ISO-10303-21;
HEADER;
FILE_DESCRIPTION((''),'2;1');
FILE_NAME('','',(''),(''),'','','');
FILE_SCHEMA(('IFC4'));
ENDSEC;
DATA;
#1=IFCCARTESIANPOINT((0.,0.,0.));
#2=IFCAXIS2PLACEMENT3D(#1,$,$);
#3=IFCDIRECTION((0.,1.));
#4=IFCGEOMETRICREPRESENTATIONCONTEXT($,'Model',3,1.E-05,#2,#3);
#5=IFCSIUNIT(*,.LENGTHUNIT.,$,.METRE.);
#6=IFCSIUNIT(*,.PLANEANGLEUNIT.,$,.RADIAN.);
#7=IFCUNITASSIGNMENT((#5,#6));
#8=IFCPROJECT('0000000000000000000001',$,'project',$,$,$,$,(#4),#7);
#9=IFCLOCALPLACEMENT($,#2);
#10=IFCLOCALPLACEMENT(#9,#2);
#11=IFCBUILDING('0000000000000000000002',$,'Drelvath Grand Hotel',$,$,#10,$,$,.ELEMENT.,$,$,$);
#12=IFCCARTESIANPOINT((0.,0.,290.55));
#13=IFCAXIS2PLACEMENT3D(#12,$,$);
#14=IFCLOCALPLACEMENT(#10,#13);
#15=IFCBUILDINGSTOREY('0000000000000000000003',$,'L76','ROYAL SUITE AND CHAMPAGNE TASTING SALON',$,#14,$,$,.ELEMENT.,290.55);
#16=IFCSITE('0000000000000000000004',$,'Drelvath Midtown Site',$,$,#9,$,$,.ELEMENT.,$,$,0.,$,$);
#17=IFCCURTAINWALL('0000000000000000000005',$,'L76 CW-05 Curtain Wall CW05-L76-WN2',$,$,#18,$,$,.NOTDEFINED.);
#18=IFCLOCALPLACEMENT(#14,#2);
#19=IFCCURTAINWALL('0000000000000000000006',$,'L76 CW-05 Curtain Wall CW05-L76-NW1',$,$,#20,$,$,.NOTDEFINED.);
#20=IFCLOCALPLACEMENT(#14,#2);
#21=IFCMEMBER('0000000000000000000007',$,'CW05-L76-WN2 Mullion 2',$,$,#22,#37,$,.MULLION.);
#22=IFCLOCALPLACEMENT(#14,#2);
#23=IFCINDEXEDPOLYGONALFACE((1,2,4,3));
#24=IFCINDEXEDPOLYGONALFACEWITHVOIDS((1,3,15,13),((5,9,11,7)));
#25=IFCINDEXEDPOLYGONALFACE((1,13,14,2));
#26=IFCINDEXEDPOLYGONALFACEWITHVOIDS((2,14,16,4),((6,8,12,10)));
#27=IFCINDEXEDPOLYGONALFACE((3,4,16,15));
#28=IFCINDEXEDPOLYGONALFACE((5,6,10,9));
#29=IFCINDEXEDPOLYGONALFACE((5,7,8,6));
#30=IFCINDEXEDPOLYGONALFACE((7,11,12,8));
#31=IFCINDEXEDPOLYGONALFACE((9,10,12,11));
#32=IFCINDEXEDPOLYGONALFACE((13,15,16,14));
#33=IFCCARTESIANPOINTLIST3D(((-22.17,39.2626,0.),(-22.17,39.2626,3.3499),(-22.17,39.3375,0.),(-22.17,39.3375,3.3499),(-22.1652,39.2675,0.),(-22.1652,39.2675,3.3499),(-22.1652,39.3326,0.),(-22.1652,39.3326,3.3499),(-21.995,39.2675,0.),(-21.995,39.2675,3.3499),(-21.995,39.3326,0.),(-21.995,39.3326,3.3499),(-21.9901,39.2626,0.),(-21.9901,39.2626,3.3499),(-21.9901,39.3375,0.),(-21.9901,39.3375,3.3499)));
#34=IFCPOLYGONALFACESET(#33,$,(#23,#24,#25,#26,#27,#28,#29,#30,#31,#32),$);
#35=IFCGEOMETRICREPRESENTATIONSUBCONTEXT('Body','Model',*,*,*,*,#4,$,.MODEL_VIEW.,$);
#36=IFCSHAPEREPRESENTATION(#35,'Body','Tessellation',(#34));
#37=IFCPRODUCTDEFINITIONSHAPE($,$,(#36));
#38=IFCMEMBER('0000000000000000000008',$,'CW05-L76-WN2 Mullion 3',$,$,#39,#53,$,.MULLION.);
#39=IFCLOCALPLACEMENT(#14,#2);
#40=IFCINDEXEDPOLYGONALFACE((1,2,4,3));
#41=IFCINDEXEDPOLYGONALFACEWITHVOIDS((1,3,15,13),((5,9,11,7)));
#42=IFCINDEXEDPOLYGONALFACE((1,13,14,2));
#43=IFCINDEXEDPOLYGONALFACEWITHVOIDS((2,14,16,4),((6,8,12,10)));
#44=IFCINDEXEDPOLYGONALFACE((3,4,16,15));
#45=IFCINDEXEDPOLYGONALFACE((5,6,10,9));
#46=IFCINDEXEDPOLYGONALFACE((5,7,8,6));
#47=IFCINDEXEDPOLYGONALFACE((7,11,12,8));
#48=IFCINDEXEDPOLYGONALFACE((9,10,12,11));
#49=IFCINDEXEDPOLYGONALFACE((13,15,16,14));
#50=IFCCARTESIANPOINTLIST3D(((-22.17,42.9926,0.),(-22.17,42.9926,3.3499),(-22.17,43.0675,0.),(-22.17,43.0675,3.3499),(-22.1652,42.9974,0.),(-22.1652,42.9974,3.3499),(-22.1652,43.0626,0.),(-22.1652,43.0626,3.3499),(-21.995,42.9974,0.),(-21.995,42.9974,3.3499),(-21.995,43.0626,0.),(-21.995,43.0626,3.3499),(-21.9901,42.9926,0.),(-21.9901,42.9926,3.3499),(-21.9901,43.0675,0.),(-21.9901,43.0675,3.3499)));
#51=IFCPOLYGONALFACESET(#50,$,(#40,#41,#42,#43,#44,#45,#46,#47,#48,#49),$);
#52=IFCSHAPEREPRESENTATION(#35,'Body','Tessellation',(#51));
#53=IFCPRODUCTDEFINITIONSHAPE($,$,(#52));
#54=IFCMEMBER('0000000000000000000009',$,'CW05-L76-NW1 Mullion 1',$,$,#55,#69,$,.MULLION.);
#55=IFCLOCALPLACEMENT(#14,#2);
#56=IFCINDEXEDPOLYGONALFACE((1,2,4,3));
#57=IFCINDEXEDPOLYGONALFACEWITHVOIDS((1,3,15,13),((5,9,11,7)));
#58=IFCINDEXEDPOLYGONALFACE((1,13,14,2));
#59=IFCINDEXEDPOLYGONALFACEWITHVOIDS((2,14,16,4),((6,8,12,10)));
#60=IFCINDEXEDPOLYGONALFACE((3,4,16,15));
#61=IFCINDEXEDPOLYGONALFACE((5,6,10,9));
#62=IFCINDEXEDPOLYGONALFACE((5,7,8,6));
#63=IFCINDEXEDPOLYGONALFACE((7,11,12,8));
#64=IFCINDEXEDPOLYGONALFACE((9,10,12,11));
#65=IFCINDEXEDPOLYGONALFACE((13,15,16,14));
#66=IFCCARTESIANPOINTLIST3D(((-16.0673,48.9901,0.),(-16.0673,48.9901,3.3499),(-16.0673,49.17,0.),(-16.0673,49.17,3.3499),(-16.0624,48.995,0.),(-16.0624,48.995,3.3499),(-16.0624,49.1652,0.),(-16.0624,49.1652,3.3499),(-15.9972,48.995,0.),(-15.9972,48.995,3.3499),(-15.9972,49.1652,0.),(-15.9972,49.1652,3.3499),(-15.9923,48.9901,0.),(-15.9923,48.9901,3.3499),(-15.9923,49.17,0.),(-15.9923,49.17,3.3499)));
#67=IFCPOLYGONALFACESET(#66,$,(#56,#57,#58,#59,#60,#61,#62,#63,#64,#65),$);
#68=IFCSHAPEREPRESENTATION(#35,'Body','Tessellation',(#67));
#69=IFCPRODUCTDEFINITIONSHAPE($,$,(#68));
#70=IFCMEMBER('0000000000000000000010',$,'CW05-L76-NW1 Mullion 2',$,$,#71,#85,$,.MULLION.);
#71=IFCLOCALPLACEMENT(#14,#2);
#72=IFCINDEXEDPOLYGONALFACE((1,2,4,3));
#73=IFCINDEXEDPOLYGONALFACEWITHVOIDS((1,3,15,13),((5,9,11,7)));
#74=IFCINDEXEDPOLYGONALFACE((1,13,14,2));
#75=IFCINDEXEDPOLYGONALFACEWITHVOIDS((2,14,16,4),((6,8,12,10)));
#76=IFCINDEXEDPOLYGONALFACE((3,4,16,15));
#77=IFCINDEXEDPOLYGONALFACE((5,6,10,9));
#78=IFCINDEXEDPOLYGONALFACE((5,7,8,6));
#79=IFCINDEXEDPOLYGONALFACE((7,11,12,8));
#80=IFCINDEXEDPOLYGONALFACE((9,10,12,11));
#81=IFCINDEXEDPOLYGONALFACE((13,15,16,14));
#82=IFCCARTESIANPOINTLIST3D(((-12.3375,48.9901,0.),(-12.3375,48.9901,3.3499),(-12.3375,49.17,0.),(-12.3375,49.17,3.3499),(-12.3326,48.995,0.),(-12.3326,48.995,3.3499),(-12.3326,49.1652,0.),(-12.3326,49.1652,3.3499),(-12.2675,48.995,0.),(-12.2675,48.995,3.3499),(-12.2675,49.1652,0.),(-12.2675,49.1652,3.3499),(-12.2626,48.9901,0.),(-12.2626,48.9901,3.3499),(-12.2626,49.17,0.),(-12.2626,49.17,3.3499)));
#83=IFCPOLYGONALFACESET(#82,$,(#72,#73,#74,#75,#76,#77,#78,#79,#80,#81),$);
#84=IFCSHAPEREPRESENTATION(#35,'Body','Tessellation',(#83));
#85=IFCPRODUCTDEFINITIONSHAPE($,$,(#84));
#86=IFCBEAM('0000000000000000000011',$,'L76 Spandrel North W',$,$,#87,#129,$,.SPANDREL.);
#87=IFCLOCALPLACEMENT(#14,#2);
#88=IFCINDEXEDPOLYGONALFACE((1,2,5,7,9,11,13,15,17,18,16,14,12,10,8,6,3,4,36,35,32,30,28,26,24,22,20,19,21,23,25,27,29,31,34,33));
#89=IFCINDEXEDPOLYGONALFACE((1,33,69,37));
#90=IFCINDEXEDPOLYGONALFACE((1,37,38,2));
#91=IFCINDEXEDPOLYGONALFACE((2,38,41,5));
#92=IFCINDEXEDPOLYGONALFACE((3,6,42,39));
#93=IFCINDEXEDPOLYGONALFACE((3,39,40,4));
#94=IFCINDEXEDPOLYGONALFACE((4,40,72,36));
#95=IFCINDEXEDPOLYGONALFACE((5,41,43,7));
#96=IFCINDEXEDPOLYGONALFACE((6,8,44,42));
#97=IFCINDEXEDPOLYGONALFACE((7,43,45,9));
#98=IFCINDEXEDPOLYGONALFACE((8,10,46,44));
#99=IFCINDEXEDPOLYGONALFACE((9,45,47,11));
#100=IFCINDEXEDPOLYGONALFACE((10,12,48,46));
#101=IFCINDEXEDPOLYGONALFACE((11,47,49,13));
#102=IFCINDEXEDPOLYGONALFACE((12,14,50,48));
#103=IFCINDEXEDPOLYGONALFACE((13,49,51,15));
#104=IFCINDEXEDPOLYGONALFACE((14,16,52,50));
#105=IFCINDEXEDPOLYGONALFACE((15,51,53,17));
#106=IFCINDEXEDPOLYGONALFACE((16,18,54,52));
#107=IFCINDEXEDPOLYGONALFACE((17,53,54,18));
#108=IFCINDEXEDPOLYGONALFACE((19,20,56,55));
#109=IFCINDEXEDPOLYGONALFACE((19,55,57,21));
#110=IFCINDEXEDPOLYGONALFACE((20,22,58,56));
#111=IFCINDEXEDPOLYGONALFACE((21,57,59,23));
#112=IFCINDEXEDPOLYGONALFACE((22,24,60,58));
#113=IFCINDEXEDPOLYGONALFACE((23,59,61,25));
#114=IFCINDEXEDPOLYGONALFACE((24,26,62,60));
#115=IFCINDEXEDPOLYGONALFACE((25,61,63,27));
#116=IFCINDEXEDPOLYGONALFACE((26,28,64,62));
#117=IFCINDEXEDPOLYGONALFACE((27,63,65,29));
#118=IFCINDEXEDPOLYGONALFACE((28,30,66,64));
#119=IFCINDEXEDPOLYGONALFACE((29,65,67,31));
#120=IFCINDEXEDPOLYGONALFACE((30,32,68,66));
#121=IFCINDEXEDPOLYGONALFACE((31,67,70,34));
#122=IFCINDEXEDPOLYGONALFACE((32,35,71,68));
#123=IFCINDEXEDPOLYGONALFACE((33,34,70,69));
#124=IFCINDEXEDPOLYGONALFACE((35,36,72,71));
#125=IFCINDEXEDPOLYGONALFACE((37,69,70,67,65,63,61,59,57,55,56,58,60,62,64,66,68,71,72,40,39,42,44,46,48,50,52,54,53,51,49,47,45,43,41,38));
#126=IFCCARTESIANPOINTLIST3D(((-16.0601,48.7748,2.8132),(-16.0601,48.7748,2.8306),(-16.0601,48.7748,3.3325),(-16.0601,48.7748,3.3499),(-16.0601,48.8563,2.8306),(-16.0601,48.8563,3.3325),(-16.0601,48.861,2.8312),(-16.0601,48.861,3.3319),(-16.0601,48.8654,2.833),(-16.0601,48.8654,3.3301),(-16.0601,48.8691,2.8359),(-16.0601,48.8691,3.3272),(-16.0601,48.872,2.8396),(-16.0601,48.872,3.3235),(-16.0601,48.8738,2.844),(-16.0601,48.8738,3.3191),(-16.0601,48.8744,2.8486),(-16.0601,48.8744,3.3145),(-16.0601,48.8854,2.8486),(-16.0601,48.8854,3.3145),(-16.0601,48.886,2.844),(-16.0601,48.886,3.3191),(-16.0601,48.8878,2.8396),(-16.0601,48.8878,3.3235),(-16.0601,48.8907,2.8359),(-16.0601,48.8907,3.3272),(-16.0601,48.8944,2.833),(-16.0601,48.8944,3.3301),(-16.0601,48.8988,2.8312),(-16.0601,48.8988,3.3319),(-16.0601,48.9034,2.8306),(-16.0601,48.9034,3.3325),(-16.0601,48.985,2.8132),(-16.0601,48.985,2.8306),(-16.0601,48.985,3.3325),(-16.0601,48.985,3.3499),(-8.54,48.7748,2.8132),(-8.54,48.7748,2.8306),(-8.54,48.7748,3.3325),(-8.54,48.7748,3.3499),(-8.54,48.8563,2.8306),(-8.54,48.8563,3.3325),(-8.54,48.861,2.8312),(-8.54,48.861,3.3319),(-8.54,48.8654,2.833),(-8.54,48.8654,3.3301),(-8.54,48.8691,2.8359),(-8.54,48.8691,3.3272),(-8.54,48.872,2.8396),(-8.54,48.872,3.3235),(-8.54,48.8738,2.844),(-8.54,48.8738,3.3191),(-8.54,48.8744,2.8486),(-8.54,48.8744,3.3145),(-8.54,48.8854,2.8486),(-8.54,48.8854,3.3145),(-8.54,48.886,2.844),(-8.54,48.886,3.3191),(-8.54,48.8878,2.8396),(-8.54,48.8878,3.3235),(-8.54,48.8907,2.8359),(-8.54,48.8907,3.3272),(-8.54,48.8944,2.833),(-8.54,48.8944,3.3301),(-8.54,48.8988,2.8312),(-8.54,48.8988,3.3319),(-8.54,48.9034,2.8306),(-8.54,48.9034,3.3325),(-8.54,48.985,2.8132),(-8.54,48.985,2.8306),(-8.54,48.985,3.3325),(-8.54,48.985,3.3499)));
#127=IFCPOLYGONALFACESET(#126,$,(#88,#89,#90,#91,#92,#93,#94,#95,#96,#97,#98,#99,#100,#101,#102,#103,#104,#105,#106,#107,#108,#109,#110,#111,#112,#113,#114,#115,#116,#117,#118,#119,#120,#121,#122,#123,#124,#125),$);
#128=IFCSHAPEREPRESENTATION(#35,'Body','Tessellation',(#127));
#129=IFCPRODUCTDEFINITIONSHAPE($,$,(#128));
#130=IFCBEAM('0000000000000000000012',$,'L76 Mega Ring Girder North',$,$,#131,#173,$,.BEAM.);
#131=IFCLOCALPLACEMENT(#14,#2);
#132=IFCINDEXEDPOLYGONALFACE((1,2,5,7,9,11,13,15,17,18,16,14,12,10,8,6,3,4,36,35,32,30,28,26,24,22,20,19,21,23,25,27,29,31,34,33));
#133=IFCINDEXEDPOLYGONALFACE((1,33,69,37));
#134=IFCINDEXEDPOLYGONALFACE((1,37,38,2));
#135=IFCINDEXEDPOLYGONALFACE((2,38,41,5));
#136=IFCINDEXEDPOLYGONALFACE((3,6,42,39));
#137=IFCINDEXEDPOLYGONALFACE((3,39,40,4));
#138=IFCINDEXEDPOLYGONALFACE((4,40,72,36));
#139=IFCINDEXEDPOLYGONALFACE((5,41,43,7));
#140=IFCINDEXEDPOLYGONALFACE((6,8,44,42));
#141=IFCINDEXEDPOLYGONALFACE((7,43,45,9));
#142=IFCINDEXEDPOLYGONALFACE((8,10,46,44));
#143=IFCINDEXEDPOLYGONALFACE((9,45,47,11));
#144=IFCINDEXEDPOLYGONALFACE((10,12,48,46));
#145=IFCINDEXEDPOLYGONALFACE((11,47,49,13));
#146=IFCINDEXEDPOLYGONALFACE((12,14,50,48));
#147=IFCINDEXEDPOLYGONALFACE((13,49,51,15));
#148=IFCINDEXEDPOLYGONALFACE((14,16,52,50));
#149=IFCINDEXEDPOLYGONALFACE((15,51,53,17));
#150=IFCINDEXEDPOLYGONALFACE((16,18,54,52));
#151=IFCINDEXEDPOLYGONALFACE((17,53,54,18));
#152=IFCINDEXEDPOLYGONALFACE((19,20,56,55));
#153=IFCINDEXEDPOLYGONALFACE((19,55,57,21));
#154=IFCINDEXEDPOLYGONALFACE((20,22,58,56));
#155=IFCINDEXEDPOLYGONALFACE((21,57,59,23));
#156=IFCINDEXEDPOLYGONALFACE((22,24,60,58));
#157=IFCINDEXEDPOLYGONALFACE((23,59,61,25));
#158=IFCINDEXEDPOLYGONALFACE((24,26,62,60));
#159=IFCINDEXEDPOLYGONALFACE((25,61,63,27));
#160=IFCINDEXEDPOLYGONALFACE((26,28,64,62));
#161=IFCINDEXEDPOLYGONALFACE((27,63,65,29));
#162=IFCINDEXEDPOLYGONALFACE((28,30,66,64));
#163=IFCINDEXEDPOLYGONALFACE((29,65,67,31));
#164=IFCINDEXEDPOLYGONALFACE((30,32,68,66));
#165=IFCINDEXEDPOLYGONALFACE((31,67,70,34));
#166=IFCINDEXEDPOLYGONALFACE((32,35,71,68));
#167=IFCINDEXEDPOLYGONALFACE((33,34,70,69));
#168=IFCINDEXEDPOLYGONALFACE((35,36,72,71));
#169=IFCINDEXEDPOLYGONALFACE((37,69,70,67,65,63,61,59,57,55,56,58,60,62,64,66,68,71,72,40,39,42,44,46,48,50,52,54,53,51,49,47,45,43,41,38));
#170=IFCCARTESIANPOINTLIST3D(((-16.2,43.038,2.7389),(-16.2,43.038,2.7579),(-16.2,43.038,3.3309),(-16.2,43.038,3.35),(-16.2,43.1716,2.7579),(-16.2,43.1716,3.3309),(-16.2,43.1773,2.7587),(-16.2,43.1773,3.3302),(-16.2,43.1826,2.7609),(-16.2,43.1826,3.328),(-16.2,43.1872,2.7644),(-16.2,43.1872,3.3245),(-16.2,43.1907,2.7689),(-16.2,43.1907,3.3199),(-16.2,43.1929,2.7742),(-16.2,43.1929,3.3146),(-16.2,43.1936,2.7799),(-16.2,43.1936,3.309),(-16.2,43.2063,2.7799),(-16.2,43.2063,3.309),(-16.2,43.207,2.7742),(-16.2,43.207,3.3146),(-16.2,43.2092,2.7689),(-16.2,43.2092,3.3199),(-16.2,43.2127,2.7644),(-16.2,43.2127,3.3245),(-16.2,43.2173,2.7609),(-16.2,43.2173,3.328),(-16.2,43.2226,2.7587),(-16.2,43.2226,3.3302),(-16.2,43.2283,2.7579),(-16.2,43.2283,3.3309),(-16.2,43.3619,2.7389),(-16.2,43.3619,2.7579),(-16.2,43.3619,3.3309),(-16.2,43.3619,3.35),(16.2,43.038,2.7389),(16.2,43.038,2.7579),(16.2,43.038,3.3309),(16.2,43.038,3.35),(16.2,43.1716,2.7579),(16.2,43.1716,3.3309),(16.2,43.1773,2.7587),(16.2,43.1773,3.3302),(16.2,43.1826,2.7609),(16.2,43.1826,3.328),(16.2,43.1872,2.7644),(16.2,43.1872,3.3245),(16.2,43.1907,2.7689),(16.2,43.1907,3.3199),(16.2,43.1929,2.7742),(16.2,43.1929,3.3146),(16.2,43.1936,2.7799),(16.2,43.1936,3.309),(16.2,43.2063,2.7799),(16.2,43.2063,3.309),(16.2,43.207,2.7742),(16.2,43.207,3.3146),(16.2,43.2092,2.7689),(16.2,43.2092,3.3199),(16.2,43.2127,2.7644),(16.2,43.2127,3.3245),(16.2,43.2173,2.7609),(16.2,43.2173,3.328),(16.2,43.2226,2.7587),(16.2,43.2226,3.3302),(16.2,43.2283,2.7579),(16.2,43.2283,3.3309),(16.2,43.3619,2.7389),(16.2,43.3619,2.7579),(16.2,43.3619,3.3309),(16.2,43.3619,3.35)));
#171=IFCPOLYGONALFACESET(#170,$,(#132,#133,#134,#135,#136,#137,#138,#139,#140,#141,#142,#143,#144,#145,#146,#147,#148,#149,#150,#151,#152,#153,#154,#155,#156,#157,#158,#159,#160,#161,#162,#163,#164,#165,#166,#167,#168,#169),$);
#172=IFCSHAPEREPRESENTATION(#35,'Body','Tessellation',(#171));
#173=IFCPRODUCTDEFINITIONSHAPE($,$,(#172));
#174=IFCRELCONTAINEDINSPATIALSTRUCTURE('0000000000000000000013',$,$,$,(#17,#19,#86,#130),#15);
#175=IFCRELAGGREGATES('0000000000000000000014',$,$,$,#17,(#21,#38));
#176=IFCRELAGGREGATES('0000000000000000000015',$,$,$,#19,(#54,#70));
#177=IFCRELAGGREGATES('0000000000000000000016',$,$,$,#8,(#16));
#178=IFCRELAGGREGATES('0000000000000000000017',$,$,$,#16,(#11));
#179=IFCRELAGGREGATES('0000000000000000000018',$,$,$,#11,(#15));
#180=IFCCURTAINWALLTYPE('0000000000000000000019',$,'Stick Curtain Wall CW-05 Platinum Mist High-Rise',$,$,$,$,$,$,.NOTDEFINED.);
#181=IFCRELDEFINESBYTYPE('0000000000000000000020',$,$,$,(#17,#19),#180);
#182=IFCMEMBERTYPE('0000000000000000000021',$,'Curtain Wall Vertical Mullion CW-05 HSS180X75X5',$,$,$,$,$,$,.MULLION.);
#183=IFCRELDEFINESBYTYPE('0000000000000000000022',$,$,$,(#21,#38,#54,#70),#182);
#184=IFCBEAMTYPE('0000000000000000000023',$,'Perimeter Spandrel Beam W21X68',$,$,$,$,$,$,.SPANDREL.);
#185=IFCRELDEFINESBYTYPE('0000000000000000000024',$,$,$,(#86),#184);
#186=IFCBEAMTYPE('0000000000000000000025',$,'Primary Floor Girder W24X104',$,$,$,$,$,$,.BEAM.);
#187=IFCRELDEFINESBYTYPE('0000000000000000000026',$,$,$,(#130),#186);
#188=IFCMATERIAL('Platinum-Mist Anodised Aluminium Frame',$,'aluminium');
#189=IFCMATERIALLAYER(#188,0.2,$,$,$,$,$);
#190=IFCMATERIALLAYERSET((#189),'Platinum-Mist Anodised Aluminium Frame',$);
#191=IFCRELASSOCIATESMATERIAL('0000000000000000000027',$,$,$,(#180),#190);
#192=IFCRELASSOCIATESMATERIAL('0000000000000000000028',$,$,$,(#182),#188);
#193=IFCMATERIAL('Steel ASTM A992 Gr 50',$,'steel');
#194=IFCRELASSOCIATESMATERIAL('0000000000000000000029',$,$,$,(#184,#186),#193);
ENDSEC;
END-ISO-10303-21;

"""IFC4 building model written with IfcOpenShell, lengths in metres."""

from ifc_helpers import new_model, si_unit, direction, frame, origin, origin_2d, place, context, subcontext, project, spatial, hollow_rectangle, i_section, extrude, material, layer, layer_set, material_profile, profile_set, type_object, element, aggregate, save


model = new_model("IFC4")

# Units and contexts
model_context = context("Model", 3, precision=1e-05, world=origin(), true_north=direction((0.0, 1.0)))
body_context = subcontext(model_context, "Body", "Model", "MODEL_VIEW")
ifc_project = project(units=[si_unit("LENGTHUNIT", "METRE"), si_unit("PLANEANGLEUNIT", "RADIAN")], contexts=[model_context])

# Site, building, storey
site_placement = place(None, origin())
site = spatial("IfcSite", under=ifc_project, at=site_placement, Name="Drelvath Midtown Site", CompositionType="ELEMENT", RefElevation=0.0)
building_placement = place(site_placement, origin())
building = spatial("IfcBuilding", under=site, at=building_placement, Name="Drelvath Grand Hotel", CompositionType="ELEMENT")
storey_placement = place(building_placement, frame((0.0, 0.0, 290.55)))
storey = spatial("IfcBuildingStorey", under=building, at=storey_placement, Name="L76", Description="ROYAL SUITE AND CHAMPAGNE TASTING SALON", CompositionType="ELEMENT", Elevation=290.55)

# Shared definitions
ifc_material_1 = material(Name="Steel ASTM A992 Gr 50", Category="steel")

# Curtain walls
ifc_material_2 = material(Name="Platinum-Mist Anodised Aluminium Frame", Category="aluminium")
ifc_layer_1 = layer(ifc_material_2, 0.2)
ifc_layer_set_1 = layer_set([ifc_layer_1], Name="Platinum-Mist Anodised Aluminium Frame")
curtain_wall_type = type_object("IfcCurtainWallType", Name="Stick Curtain Wall CW-05 Platinum Mist High-Rise", PredefinedType="NOTDEFINED", material=ifc_layer_set_1)
curtain_wall_1_placement = place(storey_placement, origin())
curtain_wall_1 = element("IfcCurtainWall", 1, at=curtain_wall_1_placement, inside=storey, type_object=curtain_wall_type, Name="L76 CW-05 Curtain Wall CW05-L76-WN2", PredefinedType="NOTDEFINED")
curtain_wall_2_placement = place(storey_placement, origin())
curtain_wall_2 = element("IfcCurtainWall", 2, at=curtain_wall_2_placement, inside=storey, type_object=curtain_wall_type, Name="L76 CW-05 Curtain Wall CW05-L76-NW1", PredefinedType="NOTDEFINED")

# Members
ifc_material_profile_1 = material_profile(ifc_material_2, hollow_rectangle(XDim=0.075, YDim=0.1799, WallThickness=0.0049, at=origin_2d()), Name="HSS180X75X5")
ifc_profile_set_1 = profile_set([ifc_material_profile_1], Name="Platinum-Mist Anodised Aluminium Frame")
member_type_1 = type_object("IfcMemberType", Name="Curtain Wall Vertical Mullion CW-05 HSS180X75X5", PredefinedType="MULLION", material=ifc_profile_set_1)
member_1_placement = place(storey_placement, frame((-22.0801, 39.3, 0.0), z_axis=(0.0, 0.0, 1.0), x_axis=(0.0, 1.0, 0.0)))
member_1 = element("IfcMember", 3, at=member_1_placement, type_object=member_type_1, Name="CW05-L76-WN2 Mullion 2", PredefinedType="MULLION", context=body_context, shape_type="SweptSolid", body=[
    extrude(hollow_rectangle(XDim=0.075, YDim=0.1799, WallThickness=0.0049, at=origin_2d()), origin(), (0.0, 0.0, 1.0), 3.3499),
])
member_2_placement = place(storey_placement, frame((-22.0801, 43.03, 0.0), z_axis=(0.0, 0.0, 1.0), x_axis=(0.0, 1.0, 0.0)))
member_2 = element("IfcMember", 4, at=member_2_placement, type_object=member_type_1, Name="CW05-L76-WN2 Mullion 3", PredefinedType="MULLION", context=body_context, shape_type="SweptSolid", body=[
    extrude(hollow_rectangle(XDim=0.075, YDim=0.1799, WallThickness=0.0049, at=origin_2d()), origin(), (0.0, 0.0, 1.0), 3.3499),
])
member_3_placement = place(storey_placement, frame((-16.0298, 49.0801, 0.0), z_axis=(0.0, 0.0, 1.0), x_axis=(1.0, 0.0, 0.0)))
member_3 = element("IfcMember", 5, at=member_3_placement, type_object=member_type_1, Name="CW05-L76-NW1 Mullion 1", PredefinedType="MULLION", context=body_context, shape_type="SweptSolid", body=[
    extrude(hollow_rectangle(XDim=0.075, YDim=0.1799, WallThickness=0.0049, at=origin_2d()), origin(), (0.0, 0.0, 1.0), 3.3499),
])
member_4_placement = place(storey_placement, frame((-12.3, 49.0801, 0.0), z_axis=(0.0, 0.0, 1.0), x_axis=(1.0, 0.0, 0.0)))
member_4 = element("IfcMember", 6, at=member_4_placement, type_object=member_type_1, Name="CW05-L76-NW1 Mullion 2", PredefinedType="MULLION", context=body_context, shape_type="SweptSolid", body=[
    extrude(hollow_rectangle(XDim=0.075, YDim=0.1799, WallThickness=0.0049, at=origin_2d()), origin(), (0.0, 0.0, 1.0), 3.3499),
])

# Beams
ifc_material_profile_2 = material_profile(ifc_material_1, i_section(OverallWidth=0.2102, OverallDepth=0.5366, WebThickness=0.011, FlangeThickness=0.0173, FilletRadius=0.0181, at=origin_2d()), Name="W21X68")
ifc_profile_set_2 = profile_set([ifc_material_profile_2], Name="Steel ASTM A992 Gr 50")
beam_type_1 = type_object("IfcBeamType", Name="Perimeter Spandrel Beam W21X68", PredefinedType="SPANDREL", material=ifc_profile_set_2)
beam_1_placement = place(storey_placement, frame((-16.0601, 48.8799, 3.0815), z_axis=(1.0, 0.0, 0.0), x_axis=(0.0, 1.0, 0.0)))
element("IfcBeam", 7, at=beam_1_placement, inside=storey, type_object=beam_type_1, Name="L76 Spandrel North W", PredefinedType="SPANDREL", context=body_context, shape_type="SweptSolid", body=[
    extrude(i_section(OverallWidth=0.2102, OverallDepth=0.5366, WebThickness=0.011, FlangeThickness=0.0173, FilletRadius=0.0181, at=origin_2d()), origin(), (0.0, 0.0, 1.0), 7.52),
])
ifc_material_profile_3 = material_profile(ifc_material_1, i_section(OverallWidth=0.324, OverallDepth=0.6111, WebThickness=0.0127, FlangeThickness=0.019, FilletRadius=0.022, at=origin_2d()), Name="W24X104")
ifc_profile_set_3 = profile_set([ifc_material_profile_3], Name="Steel ASTM A992 Gr 50")
beam_type_2 = type_object("IfcBeamType", Name="Primary Floor Girder W24X104", PredefinedType="BEAM", material=ifc_profile_set_3)
beam_2_placement = place(storey_placement, frame((-16.2, 43.2, 3.0444), z_axis=(1.0, 0.0, 0.0), x_axis=(0.0, 1.0, 0.0)))
element("IfcBeam", 8, at=beam_2_placement, inside=storey, type_object=beam_type_2, Name="L76 Mega Ring Girder North", PredefinedType="BEAM", context=body_context, shape_type="SweptSolid", body=[
    extrude(i_section(OverallWidth=0.324, OverallDepth=0.6111, WebThickness=0.0127, FlangeThickness=0.019, FilletRadius=0.022, at=origin_2d()), origin(), (0.0, 0.0, 1.0), 32.3999),
])

aggregate(curtain_wall_1, [member_1, member_2])
aggregate(curtain_wall_2, [member_3, member_4])

save(model, "model.ifc")
